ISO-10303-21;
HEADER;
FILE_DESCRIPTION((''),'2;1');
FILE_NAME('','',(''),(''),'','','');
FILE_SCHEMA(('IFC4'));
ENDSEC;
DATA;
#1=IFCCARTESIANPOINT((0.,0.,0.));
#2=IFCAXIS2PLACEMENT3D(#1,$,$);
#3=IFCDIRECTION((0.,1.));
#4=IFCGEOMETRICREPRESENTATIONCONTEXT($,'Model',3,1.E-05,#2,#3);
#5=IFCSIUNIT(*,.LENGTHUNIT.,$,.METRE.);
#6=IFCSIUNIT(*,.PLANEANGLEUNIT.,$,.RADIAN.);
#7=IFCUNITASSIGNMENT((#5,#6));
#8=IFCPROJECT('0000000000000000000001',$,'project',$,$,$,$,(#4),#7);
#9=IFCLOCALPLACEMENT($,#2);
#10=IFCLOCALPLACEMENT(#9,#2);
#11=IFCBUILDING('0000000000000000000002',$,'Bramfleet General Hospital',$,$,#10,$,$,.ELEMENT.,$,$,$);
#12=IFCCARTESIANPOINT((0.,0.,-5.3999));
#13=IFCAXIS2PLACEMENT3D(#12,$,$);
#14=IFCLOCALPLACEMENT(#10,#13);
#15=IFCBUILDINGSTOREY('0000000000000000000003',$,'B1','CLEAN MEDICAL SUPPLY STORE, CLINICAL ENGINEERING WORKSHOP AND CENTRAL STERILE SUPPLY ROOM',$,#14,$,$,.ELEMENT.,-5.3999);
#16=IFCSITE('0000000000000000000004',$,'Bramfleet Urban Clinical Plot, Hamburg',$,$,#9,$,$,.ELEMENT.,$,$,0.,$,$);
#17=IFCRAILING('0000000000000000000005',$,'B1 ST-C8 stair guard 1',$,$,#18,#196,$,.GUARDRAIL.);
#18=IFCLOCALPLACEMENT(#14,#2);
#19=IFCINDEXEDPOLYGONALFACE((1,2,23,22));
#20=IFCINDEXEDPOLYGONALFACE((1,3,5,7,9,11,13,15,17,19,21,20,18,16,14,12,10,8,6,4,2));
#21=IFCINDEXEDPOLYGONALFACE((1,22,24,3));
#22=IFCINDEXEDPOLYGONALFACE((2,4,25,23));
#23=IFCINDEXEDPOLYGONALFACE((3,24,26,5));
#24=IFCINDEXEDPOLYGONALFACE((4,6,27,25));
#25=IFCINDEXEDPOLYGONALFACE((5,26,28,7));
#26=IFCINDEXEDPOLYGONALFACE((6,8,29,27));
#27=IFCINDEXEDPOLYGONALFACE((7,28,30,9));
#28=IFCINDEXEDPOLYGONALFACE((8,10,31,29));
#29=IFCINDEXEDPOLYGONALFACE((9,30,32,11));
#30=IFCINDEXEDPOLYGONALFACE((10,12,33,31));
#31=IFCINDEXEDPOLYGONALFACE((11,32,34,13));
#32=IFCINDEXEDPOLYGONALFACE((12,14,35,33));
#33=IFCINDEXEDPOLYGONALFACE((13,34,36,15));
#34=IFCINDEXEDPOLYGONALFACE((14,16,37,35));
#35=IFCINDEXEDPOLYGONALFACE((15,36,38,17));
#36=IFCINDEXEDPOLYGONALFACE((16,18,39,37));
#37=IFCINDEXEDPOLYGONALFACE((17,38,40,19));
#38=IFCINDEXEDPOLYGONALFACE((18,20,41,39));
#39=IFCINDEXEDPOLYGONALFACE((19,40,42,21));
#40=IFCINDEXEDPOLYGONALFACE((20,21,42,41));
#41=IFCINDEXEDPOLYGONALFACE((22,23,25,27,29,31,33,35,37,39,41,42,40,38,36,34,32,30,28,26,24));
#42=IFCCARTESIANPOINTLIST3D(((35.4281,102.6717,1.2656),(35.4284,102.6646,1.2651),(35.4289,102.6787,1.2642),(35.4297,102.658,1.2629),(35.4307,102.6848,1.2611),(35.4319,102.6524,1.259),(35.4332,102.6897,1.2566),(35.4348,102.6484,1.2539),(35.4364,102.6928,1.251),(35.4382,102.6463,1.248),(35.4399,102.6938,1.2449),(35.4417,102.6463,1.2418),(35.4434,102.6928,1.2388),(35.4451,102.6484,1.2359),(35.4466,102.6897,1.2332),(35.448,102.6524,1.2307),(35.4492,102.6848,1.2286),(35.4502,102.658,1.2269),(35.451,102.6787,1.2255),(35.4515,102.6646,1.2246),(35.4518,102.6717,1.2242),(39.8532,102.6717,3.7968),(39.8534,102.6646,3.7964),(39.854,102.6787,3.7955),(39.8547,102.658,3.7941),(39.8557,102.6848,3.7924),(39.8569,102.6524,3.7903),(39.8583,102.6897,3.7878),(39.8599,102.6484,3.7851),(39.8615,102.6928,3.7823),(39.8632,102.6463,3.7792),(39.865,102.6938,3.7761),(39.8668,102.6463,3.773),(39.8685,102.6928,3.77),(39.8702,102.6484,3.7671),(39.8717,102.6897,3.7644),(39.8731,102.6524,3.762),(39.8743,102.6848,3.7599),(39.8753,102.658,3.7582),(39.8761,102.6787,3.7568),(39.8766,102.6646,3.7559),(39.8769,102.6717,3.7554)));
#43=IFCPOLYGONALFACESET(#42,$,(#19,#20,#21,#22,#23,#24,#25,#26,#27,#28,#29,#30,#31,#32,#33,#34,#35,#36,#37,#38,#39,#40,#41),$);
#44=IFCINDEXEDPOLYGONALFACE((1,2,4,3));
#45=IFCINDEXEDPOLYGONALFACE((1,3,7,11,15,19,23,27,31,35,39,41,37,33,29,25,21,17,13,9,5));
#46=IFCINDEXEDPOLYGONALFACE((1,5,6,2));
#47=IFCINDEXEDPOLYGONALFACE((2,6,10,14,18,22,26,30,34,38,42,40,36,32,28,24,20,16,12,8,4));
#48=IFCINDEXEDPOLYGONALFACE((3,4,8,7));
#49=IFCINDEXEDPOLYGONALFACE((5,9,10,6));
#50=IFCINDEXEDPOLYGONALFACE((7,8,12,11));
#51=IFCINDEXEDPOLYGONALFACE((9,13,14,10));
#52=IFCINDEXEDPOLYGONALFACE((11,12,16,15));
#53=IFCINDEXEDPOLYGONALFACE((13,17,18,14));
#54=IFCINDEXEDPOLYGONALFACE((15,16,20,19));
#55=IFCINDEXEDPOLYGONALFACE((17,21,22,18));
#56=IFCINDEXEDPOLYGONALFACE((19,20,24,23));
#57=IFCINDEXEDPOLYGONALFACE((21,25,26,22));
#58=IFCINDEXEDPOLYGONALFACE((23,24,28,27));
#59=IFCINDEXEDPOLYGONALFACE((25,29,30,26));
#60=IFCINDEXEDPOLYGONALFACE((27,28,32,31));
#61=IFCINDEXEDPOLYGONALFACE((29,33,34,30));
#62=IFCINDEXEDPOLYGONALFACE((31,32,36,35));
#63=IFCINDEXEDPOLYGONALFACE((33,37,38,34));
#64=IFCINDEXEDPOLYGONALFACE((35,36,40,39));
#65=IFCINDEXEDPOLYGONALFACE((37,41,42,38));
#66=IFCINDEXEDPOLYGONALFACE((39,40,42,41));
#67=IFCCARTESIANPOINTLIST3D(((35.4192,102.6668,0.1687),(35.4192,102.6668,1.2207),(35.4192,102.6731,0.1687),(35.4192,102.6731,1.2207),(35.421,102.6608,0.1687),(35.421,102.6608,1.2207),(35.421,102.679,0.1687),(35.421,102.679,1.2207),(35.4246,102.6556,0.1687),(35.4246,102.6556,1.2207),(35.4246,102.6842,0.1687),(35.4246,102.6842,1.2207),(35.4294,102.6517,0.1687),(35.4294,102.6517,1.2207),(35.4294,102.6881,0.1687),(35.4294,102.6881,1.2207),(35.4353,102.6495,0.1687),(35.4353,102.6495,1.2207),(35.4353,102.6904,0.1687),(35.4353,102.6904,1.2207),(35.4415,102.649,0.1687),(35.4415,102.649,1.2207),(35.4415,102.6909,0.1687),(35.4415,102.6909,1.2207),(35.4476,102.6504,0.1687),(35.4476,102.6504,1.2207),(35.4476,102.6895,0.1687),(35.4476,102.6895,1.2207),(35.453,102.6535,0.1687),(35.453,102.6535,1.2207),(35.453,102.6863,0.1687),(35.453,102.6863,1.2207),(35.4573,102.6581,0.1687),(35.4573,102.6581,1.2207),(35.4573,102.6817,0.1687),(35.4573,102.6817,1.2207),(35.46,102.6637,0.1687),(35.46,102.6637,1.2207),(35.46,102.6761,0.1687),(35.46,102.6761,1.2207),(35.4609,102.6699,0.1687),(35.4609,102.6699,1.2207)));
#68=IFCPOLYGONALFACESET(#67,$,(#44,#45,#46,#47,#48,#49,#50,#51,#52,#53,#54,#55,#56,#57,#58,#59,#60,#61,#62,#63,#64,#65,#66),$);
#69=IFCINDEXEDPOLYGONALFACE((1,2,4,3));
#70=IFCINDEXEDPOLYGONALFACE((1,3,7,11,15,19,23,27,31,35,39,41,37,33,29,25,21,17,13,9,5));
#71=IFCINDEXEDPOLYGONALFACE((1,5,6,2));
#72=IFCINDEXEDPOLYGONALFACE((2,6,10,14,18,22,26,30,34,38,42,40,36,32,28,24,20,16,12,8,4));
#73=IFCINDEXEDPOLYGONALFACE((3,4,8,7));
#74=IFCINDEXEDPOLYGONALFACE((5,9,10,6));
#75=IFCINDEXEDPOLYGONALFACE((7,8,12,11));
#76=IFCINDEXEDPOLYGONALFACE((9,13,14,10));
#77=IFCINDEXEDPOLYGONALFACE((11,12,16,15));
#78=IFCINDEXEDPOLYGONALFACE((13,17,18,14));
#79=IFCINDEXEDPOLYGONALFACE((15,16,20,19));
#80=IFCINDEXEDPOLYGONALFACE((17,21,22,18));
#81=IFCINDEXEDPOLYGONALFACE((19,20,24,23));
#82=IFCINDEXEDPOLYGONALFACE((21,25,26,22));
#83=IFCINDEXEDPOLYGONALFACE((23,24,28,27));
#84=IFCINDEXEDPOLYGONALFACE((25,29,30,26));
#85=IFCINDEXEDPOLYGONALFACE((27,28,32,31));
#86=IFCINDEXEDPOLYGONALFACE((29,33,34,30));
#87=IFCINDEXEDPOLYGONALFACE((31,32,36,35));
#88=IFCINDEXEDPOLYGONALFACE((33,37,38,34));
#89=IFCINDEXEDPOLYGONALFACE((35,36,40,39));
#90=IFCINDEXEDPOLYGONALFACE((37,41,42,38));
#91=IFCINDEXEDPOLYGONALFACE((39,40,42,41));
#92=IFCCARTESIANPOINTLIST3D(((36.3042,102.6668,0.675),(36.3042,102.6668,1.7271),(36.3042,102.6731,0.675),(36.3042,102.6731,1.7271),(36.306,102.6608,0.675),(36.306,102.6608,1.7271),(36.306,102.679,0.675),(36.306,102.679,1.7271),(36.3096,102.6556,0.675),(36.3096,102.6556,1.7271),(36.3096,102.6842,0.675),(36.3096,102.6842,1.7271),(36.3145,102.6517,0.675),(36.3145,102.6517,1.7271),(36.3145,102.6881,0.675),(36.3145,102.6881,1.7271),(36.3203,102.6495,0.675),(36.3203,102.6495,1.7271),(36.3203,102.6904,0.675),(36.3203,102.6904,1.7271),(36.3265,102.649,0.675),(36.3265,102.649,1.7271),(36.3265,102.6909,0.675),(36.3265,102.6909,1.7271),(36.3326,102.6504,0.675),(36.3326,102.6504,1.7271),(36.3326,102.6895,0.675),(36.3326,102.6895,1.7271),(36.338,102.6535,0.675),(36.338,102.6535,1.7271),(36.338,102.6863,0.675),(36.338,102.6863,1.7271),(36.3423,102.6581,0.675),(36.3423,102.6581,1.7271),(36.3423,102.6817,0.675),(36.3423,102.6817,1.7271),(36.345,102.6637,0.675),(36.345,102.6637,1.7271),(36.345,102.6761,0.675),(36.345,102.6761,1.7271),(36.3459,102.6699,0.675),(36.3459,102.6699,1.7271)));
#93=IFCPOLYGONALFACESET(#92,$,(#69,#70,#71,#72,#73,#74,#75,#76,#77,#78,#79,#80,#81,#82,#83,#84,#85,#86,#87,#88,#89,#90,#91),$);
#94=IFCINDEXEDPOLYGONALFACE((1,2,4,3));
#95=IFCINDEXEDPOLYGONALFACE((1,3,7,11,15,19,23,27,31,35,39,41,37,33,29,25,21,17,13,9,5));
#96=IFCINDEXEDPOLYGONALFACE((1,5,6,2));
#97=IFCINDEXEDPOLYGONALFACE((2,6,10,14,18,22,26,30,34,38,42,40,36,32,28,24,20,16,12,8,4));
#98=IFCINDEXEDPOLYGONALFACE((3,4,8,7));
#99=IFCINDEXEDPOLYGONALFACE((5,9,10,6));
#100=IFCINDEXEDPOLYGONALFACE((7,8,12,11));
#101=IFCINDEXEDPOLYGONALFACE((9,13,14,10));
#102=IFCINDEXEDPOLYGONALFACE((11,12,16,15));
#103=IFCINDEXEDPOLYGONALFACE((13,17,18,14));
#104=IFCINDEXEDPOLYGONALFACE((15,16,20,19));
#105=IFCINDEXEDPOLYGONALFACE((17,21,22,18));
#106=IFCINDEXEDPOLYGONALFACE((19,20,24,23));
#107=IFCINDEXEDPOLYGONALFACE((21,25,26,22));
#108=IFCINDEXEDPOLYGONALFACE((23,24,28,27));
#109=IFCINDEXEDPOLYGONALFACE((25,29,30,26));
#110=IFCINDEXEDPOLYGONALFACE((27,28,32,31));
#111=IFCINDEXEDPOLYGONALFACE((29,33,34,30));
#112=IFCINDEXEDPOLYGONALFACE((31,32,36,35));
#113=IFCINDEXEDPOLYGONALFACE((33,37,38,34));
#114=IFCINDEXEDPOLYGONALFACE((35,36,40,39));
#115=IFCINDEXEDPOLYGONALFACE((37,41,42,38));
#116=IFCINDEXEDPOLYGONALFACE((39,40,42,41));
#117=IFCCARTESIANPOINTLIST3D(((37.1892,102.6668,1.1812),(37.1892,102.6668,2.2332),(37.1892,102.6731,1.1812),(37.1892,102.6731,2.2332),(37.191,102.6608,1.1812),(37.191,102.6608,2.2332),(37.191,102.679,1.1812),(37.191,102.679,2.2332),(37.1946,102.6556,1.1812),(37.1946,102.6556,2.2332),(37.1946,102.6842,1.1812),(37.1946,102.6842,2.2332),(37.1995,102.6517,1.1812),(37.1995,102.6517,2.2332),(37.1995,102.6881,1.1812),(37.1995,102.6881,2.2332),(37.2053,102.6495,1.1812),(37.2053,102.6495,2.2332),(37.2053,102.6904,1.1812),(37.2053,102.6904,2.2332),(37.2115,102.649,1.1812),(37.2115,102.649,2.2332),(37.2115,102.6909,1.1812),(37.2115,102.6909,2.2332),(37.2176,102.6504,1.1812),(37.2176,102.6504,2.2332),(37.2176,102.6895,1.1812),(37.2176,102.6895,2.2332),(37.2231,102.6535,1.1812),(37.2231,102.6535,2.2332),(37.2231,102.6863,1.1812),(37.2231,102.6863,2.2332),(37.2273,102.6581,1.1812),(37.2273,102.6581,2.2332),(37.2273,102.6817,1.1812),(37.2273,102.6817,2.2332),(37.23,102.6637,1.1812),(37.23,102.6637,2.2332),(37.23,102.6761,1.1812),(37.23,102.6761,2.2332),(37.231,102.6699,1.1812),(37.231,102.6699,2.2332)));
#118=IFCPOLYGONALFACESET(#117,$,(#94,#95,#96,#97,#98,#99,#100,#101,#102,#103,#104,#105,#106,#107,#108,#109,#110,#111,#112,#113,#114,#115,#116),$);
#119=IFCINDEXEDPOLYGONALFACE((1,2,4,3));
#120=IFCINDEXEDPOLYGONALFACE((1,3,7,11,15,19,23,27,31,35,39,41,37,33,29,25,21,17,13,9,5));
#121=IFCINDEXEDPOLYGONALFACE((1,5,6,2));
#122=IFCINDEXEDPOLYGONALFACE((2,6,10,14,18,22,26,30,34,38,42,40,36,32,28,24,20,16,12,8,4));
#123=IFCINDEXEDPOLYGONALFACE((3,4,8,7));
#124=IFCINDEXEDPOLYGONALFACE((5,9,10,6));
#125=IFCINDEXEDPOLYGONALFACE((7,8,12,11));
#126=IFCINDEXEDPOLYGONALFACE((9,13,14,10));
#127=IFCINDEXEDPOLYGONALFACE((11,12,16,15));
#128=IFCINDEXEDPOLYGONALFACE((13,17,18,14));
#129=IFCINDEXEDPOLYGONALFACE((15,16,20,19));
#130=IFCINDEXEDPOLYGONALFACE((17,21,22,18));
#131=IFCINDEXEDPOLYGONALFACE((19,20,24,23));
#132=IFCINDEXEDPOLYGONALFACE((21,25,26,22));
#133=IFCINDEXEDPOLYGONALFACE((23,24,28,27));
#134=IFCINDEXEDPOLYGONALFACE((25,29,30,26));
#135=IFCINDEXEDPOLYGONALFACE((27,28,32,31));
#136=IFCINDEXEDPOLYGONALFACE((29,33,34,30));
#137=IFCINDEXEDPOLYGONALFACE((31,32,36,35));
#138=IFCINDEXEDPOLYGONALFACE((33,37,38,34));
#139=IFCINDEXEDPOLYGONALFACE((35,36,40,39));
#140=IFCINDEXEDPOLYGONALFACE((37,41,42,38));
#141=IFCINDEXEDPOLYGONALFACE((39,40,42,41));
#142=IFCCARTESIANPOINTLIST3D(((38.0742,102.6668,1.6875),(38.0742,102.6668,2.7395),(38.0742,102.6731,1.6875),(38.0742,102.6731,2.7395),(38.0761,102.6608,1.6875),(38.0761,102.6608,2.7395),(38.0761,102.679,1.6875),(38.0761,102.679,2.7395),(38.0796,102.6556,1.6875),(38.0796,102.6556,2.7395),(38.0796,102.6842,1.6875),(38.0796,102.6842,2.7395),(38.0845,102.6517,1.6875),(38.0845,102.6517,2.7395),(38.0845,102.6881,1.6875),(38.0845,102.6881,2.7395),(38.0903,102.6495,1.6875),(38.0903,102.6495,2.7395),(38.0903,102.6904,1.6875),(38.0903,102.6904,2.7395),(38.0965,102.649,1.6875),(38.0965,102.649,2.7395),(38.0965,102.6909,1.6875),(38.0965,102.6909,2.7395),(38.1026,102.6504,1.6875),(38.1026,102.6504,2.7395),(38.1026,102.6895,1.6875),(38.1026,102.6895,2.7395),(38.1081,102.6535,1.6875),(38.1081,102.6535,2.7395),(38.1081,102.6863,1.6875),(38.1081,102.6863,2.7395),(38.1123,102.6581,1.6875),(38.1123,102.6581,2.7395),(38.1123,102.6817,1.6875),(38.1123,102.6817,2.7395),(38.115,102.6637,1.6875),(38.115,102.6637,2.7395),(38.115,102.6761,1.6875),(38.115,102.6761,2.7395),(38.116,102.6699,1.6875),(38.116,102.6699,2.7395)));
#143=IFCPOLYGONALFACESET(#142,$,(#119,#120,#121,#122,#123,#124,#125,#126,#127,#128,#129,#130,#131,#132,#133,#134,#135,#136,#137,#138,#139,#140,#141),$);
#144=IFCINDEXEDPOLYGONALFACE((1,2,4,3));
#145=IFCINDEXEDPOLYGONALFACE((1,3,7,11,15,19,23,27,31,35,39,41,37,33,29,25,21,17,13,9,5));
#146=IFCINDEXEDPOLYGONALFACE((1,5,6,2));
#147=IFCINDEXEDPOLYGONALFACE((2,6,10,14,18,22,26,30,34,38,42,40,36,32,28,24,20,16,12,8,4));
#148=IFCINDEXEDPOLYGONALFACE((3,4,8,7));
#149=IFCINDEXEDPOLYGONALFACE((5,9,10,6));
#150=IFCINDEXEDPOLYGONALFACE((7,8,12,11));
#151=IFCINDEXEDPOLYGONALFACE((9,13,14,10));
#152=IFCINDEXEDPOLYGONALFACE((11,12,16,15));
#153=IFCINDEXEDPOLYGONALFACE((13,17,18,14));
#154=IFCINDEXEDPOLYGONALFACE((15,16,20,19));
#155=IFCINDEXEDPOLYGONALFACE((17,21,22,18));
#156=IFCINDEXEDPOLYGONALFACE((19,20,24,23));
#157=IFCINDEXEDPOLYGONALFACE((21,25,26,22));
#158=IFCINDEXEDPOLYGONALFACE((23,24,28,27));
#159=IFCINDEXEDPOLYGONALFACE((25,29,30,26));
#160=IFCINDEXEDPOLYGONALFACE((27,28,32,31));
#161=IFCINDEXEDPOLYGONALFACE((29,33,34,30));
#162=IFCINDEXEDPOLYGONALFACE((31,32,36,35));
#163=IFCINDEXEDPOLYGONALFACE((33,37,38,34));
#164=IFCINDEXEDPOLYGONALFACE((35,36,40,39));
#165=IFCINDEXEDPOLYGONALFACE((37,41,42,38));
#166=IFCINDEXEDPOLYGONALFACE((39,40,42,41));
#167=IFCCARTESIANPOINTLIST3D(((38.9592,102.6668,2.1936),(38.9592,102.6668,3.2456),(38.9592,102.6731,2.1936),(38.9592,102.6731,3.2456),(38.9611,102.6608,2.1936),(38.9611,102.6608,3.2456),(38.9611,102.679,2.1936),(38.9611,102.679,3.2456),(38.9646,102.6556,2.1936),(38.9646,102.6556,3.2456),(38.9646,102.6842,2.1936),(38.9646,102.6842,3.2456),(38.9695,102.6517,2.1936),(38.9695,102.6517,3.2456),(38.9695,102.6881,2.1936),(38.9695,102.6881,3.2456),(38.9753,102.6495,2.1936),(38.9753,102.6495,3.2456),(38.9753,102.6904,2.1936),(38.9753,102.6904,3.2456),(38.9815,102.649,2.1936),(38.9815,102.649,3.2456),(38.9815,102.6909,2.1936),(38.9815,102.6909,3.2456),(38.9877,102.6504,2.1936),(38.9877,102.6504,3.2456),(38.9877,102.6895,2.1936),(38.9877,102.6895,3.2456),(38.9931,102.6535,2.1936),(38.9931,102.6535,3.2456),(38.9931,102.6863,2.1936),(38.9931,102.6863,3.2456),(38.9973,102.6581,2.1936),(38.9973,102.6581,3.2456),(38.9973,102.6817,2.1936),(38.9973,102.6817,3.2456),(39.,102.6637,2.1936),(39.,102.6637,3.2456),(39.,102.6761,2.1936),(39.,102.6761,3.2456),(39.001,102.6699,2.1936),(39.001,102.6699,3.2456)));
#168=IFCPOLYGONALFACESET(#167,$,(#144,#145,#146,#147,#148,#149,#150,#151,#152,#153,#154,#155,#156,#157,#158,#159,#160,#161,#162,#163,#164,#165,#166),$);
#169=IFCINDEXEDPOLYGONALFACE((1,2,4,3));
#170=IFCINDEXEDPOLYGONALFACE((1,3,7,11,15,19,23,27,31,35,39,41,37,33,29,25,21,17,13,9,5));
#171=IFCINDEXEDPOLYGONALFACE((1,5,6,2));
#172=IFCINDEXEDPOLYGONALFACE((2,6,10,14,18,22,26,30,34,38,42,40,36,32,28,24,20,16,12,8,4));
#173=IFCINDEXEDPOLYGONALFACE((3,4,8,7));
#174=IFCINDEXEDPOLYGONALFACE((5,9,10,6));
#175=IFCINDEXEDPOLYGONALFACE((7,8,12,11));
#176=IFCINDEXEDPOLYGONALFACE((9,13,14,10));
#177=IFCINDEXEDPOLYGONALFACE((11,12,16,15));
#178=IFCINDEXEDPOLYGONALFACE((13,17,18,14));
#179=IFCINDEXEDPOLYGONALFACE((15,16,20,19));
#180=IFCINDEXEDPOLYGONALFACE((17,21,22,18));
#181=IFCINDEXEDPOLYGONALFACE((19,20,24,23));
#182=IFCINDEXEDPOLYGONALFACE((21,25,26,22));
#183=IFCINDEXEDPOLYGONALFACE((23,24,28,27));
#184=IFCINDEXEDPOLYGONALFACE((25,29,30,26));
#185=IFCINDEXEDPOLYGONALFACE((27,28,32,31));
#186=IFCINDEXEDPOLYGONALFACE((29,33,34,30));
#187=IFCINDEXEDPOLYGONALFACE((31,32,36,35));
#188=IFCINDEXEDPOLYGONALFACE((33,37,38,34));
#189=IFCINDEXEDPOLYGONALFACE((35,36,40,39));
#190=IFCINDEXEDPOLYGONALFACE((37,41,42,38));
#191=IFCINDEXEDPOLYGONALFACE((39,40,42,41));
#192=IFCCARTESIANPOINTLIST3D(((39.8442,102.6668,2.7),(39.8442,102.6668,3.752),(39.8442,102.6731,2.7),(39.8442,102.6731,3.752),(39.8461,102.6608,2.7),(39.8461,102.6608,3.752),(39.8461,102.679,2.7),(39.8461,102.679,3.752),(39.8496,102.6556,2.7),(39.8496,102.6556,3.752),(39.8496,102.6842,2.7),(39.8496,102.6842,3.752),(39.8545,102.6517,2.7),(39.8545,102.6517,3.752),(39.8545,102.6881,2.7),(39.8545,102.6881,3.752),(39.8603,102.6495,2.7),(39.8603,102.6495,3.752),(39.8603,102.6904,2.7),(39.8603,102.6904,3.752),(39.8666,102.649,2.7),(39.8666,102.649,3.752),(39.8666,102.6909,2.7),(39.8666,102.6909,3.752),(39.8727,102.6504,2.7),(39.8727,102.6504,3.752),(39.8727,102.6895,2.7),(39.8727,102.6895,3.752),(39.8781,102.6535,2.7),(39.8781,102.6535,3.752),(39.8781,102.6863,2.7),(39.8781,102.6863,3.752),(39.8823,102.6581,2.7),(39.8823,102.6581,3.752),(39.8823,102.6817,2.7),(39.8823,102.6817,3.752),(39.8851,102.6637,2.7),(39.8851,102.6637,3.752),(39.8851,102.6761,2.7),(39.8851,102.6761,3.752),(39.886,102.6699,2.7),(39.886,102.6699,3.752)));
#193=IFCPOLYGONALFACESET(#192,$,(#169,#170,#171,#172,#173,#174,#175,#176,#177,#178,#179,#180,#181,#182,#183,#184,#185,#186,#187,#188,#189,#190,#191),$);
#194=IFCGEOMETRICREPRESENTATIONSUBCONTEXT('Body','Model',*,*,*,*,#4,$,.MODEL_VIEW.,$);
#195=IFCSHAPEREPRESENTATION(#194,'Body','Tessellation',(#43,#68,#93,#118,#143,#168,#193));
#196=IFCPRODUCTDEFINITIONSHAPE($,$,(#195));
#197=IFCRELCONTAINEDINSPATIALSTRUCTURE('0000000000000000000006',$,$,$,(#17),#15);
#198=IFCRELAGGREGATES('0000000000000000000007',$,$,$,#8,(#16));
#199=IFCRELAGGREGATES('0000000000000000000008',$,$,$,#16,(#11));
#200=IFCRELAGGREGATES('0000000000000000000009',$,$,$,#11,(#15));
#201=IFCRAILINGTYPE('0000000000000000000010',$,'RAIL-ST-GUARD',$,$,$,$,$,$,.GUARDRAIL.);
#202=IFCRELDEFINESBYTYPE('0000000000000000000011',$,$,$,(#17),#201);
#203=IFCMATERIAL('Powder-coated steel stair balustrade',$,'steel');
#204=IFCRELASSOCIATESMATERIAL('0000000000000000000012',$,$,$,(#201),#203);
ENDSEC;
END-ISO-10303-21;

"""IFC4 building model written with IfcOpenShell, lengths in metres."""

from ifc_helpers import new_model, si_unit, direction, frame, origin, origin_2d, place, context, subcontext, project, spatial, circle, extrude, material, type_object, element, save


model = new_model("IFC4")

# Units and contexts
model_context = context("Model", 3, precision=1e-05, world=origin(), true_north=direction((0.0, 1.0)))
body_context = subcontext(model_context, "Body", "Model", "MODEL_VIEW")
ifc_project = project(units=[si_unit("LENGTHUNIT", "METRE"), si_unit("PLANEANGLEUNIT", "RADIAN")], contexts=[model_context])

# Site, building, storey
site_placement = place(None, origin())
site = spatial("IfcSite", under=ifc_project, at=site_placement, Name="Bramfleet Urban Clinical Plot, Hamburg", CompositionType="ELEMENT", RefElevation=0.0)
building_placement = place(site_placement, origin())
building = spatial("IfcBuilding", under=site, at=building_placement, Name="Bramfleet General Hospital", CompositionType="ELEMENT")
storey_placement = place(building_placement, frame((0.0, 0.0, -5.3999)))
storey = spatial("IfcBuildingStorey", under=building, at=storey_placement, Name="B1", Description="CLEAN MEDICAL SUPPLY STORE, CLINICAL ENGINEERING WORKSHOP AND CENTRAL STERILE SUPPLY ROOM", CompositionType="ELEMENT", Elevation=-5.3999)

# Railing
ifc_material_1 = material(Name="Powder-coated steel stair balustrade", Category="steel")
railing_type_1 = type_object("IfcRailingType", Name="RAIL-ST-GUARD", PredefinedType="GUARDRAIL", material=ifc_material_1)
railing_1_placement = place(storey_placement, frame((35.4399, 102.6699, 0.1687)))
element("IfcRailing", 1, at=railing_1_placement, inside=storey, type_object=railing_type_1, Name="B1 ST-C8 stair guard 1", PredefinedType="GUARDRAIL", context=body_context, shape_type="SweptSolid", body=[
    extrude(circle(Radius=0.0239, at=origin_2d()), frame((0.0, 0.0, 1.0762), z_axis=(0.868019, 0.0, 0.496531), x_axis=(0.0, 1.0, 0.0)), (0.0, 0.0, 1.0), 5.0979),
    extrude(circle(Radius=0.021, at=origin_2d()), origin(), (0.0, 0.0, 1.0), 1.052),
    extrude(circle(Radius=0.021, at=origin_2d()), frame((0.885, 0.0, 0.5063)), (0.0, 0.0, 1.0), 1.052),
    extrude(circle(Radius=0.021, at=origin_2d()), frame((1.77, 0.0, 1.0125)), (0.0, 0.0, 1.0), 1.052),
    extrude(circle(Radius=0.021, at=origin_2d()), frame((2.655, 0.0, 1.5188)), (0.0, 0.0, 1.0), 1.052),
    extrude(circle(Radius=0.021, at=origin_2d()), frame((3.54, 0.0, 2.0249)), (0.0, 0.0, 1.0), 1.052),
    extrude(circle(Radius=0.021, at=origin_2d()), frame((4.425, 0.0, 2.5312)), (0.0, 0.0, 1.0), 1.052),
])

save(model, "model.ifc")
